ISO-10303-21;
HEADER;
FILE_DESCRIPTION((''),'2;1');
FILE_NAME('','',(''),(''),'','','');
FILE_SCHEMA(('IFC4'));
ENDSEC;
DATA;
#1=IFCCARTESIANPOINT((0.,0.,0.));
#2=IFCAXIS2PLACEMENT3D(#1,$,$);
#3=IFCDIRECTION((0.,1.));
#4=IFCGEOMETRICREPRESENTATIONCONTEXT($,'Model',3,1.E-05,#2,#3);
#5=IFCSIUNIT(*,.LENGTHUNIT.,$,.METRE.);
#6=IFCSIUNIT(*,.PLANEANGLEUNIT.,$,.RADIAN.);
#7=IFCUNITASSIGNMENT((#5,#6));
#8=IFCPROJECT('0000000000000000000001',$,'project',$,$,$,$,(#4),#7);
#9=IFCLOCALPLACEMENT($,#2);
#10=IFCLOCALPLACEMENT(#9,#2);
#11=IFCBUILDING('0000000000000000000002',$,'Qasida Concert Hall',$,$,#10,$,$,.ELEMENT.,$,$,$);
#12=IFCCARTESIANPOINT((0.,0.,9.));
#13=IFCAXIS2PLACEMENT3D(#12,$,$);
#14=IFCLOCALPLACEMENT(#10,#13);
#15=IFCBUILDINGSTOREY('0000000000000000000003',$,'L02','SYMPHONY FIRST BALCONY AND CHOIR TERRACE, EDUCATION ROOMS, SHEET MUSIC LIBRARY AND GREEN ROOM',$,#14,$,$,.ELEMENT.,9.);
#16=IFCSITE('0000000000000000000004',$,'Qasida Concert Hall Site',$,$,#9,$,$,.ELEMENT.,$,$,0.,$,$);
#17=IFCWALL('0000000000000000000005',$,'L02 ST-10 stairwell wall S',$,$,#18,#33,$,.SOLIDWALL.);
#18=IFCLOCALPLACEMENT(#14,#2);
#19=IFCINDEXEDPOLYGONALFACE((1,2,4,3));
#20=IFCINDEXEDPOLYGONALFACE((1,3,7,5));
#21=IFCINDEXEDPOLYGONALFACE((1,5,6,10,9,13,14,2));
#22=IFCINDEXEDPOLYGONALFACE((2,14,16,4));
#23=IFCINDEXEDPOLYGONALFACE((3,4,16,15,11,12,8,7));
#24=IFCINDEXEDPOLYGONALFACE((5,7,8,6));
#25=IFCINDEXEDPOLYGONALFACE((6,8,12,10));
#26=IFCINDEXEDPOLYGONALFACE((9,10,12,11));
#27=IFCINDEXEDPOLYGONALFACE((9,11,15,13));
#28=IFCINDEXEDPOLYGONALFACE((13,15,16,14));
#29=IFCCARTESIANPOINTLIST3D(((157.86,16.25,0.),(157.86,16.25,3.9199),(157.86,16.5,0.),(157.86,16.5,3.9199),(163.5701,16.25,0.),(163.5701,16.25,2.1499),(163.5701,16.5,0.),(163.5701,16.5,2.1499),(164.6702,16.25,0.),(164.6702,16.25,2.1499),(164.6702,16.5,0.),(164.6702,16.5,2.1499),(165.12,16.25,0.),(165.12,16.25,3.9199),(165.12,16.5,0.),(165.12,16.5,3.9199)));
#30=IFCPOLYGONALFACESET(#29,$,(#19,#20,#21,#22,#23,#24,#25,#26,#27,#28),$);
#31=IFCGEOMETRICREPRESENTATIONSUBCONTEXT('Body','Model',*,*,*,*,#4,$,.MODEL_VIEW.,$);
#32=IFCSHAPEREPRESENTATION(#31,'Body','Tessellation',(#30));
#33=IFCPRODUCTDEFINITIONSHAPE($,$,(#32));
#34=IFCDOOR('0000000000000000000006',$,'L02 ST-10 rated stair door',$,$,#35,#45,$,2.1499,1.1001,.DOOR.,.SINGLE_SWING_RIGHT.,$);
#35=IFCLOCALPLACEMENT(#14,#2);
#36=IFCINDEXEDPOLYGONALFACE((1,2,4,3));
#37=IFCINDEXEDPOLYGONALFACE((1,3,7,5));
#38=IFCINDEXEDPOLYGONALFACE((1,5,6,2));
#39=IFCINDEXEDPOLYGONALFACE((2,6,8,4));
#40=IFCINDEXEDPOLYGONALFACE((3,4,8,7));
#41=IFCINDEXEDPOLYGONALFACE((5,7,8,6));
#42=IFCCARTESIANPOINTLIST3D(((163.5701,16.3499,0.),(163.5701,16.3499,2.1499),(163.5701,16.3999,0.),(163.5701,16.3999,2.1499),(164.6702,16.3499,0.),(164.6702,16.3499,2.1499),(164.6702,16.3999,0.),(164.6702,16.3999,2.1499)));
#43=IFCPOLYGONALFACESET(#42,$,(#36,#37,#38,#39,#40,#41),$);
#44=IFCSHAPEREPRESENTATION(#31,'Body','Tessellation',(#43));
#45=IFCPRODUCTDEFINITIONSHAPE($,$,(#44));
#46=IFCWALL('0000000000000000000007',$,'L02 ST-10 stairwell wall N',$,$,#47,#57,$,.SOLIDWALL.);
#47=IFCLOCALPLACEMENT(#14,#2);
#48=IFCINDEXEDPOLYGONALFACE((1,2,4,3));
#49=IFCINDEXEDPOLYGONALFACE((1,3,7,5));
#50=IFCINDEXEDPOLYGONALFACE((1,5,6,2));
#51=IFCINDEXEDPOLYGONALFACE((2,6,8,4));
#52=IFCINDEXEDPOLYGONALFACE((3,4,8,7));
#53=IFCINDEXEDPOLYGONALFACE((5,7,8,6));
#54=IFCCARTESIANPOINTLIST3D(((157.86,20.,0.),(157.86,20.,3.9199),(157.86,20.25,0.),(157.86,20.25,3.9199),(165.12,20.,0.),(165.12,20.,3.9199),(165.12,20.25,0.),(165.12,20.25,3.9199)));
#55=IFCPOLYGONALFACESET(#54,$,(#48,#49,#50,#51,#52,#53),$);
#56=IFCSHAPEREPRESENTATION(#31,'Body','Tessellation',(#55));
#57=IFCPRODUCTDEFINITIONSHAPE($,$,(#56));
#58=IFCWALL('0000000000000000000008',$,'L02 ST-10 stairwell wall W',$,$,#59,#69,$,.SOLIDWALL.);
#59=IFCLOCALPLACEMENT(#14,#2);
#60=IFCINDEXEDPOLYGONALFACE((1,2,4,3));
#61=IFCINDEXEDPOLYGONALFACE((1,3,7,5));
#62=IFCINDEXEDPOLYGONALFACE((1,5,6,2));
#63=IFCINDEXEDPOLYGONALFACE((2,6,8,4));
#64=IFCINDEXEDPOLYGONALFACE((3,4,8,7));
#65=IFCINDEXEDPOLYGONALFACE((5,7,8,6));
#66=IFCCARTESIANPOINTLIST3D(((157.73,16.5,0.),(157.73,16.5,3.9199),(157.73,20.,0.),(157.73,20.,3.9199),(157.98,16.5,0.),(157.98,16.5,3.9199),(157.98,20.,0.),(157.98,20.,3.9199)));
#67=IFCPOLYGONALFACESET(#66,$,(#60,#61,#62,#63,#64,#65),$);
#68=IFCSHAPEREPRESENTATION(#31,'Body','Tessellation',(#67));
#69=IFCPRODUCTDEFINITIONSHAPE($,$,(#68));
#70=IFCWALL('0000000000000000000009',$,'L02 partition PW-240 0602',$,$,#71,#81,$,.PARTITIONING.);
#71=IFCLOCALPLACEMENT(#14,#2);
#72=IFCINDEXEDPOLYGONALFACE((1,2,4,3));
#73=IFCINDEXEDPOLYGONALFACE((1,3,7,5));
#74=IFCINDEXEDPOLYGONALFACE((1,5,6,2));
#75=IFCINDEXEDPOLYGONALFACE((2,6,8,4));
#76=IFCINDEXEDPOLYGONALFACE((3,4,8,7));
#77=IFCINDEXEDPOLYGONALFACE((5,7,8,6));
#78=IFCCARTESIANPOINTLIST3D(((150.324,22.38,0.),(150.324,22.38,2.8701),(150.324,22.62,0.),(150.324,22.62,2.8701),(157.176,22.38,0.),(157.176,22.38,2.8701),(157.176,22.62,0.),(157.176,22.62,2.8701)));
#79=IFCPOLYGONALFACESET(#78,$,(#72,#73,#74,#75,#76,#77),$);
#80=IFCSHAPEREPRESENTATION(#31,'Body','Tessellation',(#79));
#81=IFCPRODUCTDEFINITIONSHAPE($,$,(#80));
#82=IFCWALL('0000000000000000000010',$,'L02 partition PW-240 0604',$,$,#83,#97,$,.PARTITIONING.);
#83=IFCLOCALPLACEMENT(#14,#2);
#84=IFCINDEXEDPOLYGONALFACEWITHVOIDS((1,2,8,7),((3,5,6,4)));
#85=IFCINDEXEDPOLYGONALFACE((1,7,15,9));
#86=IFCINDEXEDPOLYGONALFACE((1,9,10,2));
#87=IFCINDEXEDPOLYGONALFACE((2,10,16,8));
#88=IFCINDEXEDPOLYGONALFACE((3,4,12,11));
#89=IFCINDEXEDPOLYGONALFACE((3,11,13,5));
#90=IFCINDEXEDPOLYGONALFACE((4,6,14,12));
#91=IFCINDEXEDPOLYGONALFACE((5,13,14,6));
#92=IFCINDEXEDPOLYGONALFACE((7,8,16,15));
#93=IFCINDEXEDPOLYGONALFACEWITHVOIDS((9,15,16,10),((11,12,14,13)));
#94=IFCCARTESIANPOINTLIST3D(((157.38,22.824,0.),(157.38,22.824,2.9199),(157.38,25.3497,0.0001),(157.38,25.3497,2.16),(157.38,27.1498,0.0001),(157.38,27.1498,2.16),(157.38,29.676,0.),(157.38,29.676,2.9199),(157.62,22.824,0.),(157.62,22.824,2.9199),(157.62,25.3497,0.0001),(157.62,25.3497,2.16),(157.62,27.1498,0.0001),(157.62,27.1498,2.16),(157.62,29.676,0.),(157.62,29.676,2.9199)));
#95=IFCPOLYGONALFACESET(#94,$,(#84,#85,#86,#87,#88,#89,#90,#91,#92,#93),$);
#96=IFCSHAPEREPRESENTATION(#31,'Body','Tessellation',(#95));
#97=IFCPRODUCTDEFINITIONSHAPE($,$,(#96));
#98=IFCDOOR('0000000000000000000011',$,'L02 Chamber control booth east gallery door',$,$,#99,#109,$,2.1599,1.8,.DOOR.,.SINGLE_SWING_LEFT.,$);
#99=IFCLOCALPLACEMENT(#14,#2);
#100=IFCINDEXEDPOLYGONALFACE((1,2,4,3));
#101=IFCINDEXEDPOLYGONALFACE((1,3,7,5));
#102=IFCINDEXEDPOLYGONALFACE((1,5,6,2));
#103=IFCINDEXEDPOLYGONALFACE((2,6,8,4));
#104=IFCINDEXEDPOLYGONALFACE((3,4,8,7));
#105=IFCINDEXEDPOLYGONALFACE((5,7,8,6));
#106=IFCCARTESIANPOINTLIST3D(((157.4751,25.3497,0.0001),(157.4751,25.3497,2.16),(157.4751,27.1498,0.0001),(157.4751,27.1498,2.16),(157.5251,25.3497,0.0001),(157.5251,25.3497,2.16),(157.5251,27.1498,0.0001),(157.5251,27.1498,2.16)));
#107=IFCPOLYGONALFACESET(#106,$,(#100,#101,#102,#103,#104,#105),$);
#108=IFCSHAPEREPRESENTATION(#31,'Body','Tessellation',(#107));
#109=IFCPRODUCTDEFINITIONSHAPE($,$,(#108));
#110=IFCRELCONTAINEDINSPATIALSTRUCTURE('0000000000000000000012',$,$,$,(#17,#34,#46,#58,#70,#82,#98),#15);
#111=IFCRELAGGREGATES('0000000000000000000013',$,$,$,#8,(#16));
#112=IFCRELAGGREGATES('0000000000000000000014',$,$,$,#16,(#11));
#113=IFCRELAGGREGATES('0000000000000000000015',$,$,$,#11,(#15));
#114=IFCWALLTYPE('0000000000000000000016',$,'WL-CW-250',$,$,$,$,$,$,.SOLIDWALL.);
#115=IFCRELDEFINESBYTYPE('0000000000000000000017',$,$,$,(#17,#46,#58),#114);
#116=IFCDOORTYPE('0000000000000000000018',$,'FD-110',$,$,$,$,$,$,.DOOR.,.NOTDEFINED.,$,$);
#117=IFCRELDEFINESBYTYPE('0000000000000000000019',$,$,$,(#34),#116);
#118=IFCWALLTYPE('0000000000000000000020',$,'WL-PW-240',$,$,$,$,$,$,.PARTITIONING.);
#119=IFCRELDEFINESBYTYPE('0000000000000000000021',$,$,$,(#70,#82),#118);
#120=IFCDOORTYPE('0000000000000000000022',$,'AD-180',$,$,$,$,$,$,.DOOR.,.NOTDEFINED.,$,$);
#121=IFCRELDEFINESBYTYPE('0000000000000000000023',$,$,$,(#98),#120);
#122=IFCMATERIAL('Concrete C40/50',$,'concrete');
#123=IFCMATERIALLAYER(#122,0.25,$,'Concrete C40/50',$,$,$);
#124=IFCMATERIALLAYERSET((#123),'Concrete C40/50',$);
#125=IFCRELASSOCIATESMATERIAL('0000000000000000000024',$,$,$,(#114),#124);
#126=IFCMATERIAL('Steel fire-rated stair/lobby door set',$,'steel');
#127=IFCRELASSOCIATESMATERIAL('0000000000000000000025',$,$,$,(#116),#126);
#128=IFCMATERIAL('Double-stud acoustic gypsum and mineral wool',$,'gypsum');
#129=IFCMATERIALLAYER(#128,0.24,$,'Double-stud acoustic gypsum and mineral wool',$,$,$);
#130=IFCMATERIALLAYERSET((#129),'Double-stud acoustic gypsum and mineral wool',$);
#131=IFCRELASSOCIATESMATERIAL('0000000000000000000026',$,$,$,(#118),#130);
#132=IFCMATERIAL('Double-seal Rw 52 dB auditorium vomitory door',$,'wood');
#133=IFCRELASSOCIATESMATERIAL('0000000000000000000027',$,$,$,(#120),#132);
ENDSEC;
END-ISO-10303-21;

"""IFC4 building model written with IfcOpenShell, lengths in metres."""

from ifc_helpers import new_model, si_unit, direction, frame, frame_2d, origin, place, context, subcontext, project, spatial, rectangle, extrude, material, layer, layer_set, type_object, element, fill, save


model = new_model("IFC4")

# Units and contexts
model_context = context("Model", 3, precision=1e-05, world=origin(), true_north=direction((0.0, 1.0)))
body_context = subcontext(model_context, "Body", "Model", "MODEL_VIEW")
ifc_project = project(units=[si_unit("LENGTHUNIT", "METRE"), si_unit("PLANEANGLEUNIT", "RADIAN")], contexts=[model_context])

# Site, building, storey
site_placement = place(None, origin())
site = spatial("IfcSite", under=ifc_project, at=site_placement, Name="Qasida Concert Hall Site", CompositionType="ELEMENT", RefElevation=0.0)
building_placement = place(site_placement, origin())
building = spatial("IfcBuilding", under=site, at=building_placement, Name="Qasida Concert Hall", CompositionType="ELEMENT")
storey_placement = place(building_placement, frame((0.0, 0.0, 9.0)))
storey = spatial("IfcBuildingStorey", under=building, at=storey_placement, Name="L02", Description="SYMPHONY FIRST BALCONY AND CHOIR TERRACE, EDUCATION ROOMS, SHEET MUSIC LIBRARY AND GREEN ROOM", CompositionType="ELEMENT", Elevation=9.0)

# Shared definitions
ifc_material_1 = material(Name="Concrete C40/50", Category="concrete")

# Wall, opening, door
ifc_layer_1 = layer(ifc_material_1, 0.25, Name="Concrete C40/50")
ifc_layer_set_1 = layer_set([ifc_layer_1], Name="Concrete C40/50")
wall_type_1 = type_object("IfcWallType", Name="WL-CW-250", PredefinedType="SOLIDWALL", material=ifc_layer_set_1)
wall_1_placement = place(storey_placement, frame((157.8601, 16.375, 0.0), z_axis=(0.0, 0.0, 1.0), x_axis=(1.0, 0.0, 0.0)))
wall_1 = element("IfcWall", 1, at=wall_1_placement, inside=storey, type_object=wall_type_1, Name="L02 ST-10 stairwell wall S", PredefinedType="SOLIDWALL", context=body_context, shape_type="SweptSolid", body=[
    extrude(rectangle(XDim=7.26, YDim=0.25, at=frame_2d((3.6299, 0.0))), origin(), (0.0, 0.0, 1.0), 3.9199),
])
opening_1_placement = place(wall_1_placement, frame((5.71, 0.0, 0.0)))
opening_1 = element("IfcOpeningElement", 2, at=opening_1_placement, cuts=wall_1, PredefinedType="OPENING", context=body_context, shape_type="SweptSolid", body=[
    extrude(rectangle(XDim=1.1001, YDim=2.1499, at=frame_2d((0.55, 1.075))), frame((0.0, 0.135, 0.0), z_axis=(0.0, -1.0, 0.0), x_axis=(1.0, 0.0, 0.0)), (0.0, 0.0, 1.0), 0.27),
])
ifc_material_2 = material(Name="Steel fire-rated stair/lobby door set", Category="steel")
door_type_1 = type_object("IfcDoorType", Name="FD-110", OperationType="NOTDEFINED", PredefinedType="DOOR", material=ifc_material_2)
door_1_placement = place(opening_1_placement, origin())
door_1 = element("IfcDoor", 3, at=door_1_placement, inside=storey, type_object=door_type_1, Name="L02 ST-10 rated stair door", OperationType="SINGLE_SWING_RIGHT", OverallHeight=2.1499, OverallWidth=1.1001, PredefinedType="DOOR", context=body_context, shape_type="SweptSolid", body=[
    extrude(rectangle(XDim=1.1001, YDim=2.1499, at=frame_2d((0.55, 1.075))), frame((0.0, 0.0249, 0.0), z_axis=(0.0, -1.0, 0.0), x_axis=(1.0, 0.0, 0.0)), (0.0, 0.0, 1.0), 0.05),
])
fill(opening_1, door_1)

# Walls
wall_2_placement = place(storey_placement, frame((157.8601, 20.125, 0.0), z_axis=(0.0, 0.0, 1.0), x_axis=(1.0, 0.0, 0.0)))
element("IfcWall", 4, at=wall_2_placement, inside=storey, type_object=wall_type_1, Name="L02 ST-10 stairwell wall N", PredefinedType="SOLIDWALL", context=body_context, shape_type="SweptSolid", body=[
    extrude(rectangle(XDim=7.26, YDim=0.25, at=frame_2d((3.6299, 0.0))), origin(), (0.0, 0.0, 1.0), 3.9199),
])
wall_3_placement = place(storey_placement, frame((157.855, 16.5, 0.0), z_axis=(0.0, 0.0, 1.0), x_axis=(0.0, 1.0, 0.0)))
element("IfcWall", 5, at=wall_3_placement, inside=storey, type_object=wall_type_1, Name="L02 ST-10 stairwell wall W", PredefinedType="SOLIDWALL", context=body_context, shape_type="SweptSolid", body=[
    extrude(rectangle(XDim=3.5, YDim=0.25, at=frame_2d((1.75, 0.0))), origin(), (0.0, 0.0, 1.0), 3.9199),
])
ifc_material_3 = material(Name="Double-stud acoustic gypsum and mineral wool", Category="gypsum")
ifc_layer_2 = layer(ifc_material_3, 0.24, Name="Double-stud acoustic gypsum and mineral wool")
ifc_layer_set_2 = layer_set([ifc_layer_2], Name="Double-stud acoustic gypsum and mineral wool")
wall_type_2 = type_object("IfcWallType", Name="WL-PW-240", PredefinedType="PARTITIONING", material=ifc_layer_set_2)
wall_4_placement = place(storey_placement, frame((150.324, 22.5, 0.0), z_axis=(0.0, 0.0, 1.0), x_axis=(1.0, 0.0, 0.0)))
element("IfcWall", 6, at=wall_4_placement, inside=storey, type_object=wall_type_2, Name="L02 partition PW-240 0602", PredefinedType="PARTITIONING", context=body_context, shape_type="SweptSolid", body=[
    extrude(rectangle(XDim=6.8521, YDim=0.24, at=frame_2d((3.426, 0.0))), origin(), (0.0, 0.0, 1.0), 2.8701),
])

# Wall, opening, door
wall_5_placement = place(storey_placement, frame((157.5, 22.824, 0.0), z_axis=(0.0, 0.0, 1.0), x_axis=(0.0, 1.0, 0.0)))
wall_5 = element("IfcWall", 7, at=wall_5_placement, inside=storey, type_object=wall_type_2, Name="L02 partition PW-240 0604", PredefinedType="PARTITIONING", context=body_context, shape_type="SweptSolid", body=[
    extrude(rectangle(XDim=6.8521, YDim=0.24, at=frame_2d((3.426, 0.0))), origin(), (0.0, 0.0, 1.0), 2.9199),
])
opening_2_placement = place(wall_5_placement, frame((2.5259, 0.0, 0.0)))
opening_2 = element("IfcOpeningElement", 8, at=opening_2_placement, cuts=wall_5, PredefinedType="OPENING", context=body_context, shape_type="SweptSolid", body=[
    extrude(rectangle(XDim=1.8, YDim=2.1599, at=frame_2d((0.8999, 1.0801))), frame((0.0, 0.1299, 0.0), z_axis=(0.0, -1.0, 0.0), x_axis=(1.0, 0.0, 0.0)), (0.0, 0.0, 1.0), 0.26),
])
ifc_material_4 = material(Name="Double-seal Rw 52 dB auditorium vomitory door", Category="wood")
door_type_2 = type_object("IfcDoorType", Name="AD-180", OperationType="NOTDEFINED", PredefinedType="DOOR", material=ifc_material_4)
door_2_placement = place(opening_2_placement, origin())
door_2 = element("IfcDoor", 9, at=door_2_placement, inside=storey, type_object=door_type_2, Name="L02 Chamber control booth east gallery door", OperationType="SINGLE_SWING_LEFT", OverallHeight=2.1599, OverallWidth=1.8, PredefinedType="DOOR", context=body_context, shape_type="SweptSolid", body=[
    extrude(rectangle(XDim=1.8, YDim=2.1599, at=frame_2d((0.8999, 1.0801))), frame((0.0, 0.0249, 0.0), z_axis=(0.0, -1.0, 0.0), x_axis=(1.0, 0.0, 0.0)), (0.0, 0.0, 1.0), 0.05),
])
fill(opening_2, door_2)

save(model, "model.ifc")
